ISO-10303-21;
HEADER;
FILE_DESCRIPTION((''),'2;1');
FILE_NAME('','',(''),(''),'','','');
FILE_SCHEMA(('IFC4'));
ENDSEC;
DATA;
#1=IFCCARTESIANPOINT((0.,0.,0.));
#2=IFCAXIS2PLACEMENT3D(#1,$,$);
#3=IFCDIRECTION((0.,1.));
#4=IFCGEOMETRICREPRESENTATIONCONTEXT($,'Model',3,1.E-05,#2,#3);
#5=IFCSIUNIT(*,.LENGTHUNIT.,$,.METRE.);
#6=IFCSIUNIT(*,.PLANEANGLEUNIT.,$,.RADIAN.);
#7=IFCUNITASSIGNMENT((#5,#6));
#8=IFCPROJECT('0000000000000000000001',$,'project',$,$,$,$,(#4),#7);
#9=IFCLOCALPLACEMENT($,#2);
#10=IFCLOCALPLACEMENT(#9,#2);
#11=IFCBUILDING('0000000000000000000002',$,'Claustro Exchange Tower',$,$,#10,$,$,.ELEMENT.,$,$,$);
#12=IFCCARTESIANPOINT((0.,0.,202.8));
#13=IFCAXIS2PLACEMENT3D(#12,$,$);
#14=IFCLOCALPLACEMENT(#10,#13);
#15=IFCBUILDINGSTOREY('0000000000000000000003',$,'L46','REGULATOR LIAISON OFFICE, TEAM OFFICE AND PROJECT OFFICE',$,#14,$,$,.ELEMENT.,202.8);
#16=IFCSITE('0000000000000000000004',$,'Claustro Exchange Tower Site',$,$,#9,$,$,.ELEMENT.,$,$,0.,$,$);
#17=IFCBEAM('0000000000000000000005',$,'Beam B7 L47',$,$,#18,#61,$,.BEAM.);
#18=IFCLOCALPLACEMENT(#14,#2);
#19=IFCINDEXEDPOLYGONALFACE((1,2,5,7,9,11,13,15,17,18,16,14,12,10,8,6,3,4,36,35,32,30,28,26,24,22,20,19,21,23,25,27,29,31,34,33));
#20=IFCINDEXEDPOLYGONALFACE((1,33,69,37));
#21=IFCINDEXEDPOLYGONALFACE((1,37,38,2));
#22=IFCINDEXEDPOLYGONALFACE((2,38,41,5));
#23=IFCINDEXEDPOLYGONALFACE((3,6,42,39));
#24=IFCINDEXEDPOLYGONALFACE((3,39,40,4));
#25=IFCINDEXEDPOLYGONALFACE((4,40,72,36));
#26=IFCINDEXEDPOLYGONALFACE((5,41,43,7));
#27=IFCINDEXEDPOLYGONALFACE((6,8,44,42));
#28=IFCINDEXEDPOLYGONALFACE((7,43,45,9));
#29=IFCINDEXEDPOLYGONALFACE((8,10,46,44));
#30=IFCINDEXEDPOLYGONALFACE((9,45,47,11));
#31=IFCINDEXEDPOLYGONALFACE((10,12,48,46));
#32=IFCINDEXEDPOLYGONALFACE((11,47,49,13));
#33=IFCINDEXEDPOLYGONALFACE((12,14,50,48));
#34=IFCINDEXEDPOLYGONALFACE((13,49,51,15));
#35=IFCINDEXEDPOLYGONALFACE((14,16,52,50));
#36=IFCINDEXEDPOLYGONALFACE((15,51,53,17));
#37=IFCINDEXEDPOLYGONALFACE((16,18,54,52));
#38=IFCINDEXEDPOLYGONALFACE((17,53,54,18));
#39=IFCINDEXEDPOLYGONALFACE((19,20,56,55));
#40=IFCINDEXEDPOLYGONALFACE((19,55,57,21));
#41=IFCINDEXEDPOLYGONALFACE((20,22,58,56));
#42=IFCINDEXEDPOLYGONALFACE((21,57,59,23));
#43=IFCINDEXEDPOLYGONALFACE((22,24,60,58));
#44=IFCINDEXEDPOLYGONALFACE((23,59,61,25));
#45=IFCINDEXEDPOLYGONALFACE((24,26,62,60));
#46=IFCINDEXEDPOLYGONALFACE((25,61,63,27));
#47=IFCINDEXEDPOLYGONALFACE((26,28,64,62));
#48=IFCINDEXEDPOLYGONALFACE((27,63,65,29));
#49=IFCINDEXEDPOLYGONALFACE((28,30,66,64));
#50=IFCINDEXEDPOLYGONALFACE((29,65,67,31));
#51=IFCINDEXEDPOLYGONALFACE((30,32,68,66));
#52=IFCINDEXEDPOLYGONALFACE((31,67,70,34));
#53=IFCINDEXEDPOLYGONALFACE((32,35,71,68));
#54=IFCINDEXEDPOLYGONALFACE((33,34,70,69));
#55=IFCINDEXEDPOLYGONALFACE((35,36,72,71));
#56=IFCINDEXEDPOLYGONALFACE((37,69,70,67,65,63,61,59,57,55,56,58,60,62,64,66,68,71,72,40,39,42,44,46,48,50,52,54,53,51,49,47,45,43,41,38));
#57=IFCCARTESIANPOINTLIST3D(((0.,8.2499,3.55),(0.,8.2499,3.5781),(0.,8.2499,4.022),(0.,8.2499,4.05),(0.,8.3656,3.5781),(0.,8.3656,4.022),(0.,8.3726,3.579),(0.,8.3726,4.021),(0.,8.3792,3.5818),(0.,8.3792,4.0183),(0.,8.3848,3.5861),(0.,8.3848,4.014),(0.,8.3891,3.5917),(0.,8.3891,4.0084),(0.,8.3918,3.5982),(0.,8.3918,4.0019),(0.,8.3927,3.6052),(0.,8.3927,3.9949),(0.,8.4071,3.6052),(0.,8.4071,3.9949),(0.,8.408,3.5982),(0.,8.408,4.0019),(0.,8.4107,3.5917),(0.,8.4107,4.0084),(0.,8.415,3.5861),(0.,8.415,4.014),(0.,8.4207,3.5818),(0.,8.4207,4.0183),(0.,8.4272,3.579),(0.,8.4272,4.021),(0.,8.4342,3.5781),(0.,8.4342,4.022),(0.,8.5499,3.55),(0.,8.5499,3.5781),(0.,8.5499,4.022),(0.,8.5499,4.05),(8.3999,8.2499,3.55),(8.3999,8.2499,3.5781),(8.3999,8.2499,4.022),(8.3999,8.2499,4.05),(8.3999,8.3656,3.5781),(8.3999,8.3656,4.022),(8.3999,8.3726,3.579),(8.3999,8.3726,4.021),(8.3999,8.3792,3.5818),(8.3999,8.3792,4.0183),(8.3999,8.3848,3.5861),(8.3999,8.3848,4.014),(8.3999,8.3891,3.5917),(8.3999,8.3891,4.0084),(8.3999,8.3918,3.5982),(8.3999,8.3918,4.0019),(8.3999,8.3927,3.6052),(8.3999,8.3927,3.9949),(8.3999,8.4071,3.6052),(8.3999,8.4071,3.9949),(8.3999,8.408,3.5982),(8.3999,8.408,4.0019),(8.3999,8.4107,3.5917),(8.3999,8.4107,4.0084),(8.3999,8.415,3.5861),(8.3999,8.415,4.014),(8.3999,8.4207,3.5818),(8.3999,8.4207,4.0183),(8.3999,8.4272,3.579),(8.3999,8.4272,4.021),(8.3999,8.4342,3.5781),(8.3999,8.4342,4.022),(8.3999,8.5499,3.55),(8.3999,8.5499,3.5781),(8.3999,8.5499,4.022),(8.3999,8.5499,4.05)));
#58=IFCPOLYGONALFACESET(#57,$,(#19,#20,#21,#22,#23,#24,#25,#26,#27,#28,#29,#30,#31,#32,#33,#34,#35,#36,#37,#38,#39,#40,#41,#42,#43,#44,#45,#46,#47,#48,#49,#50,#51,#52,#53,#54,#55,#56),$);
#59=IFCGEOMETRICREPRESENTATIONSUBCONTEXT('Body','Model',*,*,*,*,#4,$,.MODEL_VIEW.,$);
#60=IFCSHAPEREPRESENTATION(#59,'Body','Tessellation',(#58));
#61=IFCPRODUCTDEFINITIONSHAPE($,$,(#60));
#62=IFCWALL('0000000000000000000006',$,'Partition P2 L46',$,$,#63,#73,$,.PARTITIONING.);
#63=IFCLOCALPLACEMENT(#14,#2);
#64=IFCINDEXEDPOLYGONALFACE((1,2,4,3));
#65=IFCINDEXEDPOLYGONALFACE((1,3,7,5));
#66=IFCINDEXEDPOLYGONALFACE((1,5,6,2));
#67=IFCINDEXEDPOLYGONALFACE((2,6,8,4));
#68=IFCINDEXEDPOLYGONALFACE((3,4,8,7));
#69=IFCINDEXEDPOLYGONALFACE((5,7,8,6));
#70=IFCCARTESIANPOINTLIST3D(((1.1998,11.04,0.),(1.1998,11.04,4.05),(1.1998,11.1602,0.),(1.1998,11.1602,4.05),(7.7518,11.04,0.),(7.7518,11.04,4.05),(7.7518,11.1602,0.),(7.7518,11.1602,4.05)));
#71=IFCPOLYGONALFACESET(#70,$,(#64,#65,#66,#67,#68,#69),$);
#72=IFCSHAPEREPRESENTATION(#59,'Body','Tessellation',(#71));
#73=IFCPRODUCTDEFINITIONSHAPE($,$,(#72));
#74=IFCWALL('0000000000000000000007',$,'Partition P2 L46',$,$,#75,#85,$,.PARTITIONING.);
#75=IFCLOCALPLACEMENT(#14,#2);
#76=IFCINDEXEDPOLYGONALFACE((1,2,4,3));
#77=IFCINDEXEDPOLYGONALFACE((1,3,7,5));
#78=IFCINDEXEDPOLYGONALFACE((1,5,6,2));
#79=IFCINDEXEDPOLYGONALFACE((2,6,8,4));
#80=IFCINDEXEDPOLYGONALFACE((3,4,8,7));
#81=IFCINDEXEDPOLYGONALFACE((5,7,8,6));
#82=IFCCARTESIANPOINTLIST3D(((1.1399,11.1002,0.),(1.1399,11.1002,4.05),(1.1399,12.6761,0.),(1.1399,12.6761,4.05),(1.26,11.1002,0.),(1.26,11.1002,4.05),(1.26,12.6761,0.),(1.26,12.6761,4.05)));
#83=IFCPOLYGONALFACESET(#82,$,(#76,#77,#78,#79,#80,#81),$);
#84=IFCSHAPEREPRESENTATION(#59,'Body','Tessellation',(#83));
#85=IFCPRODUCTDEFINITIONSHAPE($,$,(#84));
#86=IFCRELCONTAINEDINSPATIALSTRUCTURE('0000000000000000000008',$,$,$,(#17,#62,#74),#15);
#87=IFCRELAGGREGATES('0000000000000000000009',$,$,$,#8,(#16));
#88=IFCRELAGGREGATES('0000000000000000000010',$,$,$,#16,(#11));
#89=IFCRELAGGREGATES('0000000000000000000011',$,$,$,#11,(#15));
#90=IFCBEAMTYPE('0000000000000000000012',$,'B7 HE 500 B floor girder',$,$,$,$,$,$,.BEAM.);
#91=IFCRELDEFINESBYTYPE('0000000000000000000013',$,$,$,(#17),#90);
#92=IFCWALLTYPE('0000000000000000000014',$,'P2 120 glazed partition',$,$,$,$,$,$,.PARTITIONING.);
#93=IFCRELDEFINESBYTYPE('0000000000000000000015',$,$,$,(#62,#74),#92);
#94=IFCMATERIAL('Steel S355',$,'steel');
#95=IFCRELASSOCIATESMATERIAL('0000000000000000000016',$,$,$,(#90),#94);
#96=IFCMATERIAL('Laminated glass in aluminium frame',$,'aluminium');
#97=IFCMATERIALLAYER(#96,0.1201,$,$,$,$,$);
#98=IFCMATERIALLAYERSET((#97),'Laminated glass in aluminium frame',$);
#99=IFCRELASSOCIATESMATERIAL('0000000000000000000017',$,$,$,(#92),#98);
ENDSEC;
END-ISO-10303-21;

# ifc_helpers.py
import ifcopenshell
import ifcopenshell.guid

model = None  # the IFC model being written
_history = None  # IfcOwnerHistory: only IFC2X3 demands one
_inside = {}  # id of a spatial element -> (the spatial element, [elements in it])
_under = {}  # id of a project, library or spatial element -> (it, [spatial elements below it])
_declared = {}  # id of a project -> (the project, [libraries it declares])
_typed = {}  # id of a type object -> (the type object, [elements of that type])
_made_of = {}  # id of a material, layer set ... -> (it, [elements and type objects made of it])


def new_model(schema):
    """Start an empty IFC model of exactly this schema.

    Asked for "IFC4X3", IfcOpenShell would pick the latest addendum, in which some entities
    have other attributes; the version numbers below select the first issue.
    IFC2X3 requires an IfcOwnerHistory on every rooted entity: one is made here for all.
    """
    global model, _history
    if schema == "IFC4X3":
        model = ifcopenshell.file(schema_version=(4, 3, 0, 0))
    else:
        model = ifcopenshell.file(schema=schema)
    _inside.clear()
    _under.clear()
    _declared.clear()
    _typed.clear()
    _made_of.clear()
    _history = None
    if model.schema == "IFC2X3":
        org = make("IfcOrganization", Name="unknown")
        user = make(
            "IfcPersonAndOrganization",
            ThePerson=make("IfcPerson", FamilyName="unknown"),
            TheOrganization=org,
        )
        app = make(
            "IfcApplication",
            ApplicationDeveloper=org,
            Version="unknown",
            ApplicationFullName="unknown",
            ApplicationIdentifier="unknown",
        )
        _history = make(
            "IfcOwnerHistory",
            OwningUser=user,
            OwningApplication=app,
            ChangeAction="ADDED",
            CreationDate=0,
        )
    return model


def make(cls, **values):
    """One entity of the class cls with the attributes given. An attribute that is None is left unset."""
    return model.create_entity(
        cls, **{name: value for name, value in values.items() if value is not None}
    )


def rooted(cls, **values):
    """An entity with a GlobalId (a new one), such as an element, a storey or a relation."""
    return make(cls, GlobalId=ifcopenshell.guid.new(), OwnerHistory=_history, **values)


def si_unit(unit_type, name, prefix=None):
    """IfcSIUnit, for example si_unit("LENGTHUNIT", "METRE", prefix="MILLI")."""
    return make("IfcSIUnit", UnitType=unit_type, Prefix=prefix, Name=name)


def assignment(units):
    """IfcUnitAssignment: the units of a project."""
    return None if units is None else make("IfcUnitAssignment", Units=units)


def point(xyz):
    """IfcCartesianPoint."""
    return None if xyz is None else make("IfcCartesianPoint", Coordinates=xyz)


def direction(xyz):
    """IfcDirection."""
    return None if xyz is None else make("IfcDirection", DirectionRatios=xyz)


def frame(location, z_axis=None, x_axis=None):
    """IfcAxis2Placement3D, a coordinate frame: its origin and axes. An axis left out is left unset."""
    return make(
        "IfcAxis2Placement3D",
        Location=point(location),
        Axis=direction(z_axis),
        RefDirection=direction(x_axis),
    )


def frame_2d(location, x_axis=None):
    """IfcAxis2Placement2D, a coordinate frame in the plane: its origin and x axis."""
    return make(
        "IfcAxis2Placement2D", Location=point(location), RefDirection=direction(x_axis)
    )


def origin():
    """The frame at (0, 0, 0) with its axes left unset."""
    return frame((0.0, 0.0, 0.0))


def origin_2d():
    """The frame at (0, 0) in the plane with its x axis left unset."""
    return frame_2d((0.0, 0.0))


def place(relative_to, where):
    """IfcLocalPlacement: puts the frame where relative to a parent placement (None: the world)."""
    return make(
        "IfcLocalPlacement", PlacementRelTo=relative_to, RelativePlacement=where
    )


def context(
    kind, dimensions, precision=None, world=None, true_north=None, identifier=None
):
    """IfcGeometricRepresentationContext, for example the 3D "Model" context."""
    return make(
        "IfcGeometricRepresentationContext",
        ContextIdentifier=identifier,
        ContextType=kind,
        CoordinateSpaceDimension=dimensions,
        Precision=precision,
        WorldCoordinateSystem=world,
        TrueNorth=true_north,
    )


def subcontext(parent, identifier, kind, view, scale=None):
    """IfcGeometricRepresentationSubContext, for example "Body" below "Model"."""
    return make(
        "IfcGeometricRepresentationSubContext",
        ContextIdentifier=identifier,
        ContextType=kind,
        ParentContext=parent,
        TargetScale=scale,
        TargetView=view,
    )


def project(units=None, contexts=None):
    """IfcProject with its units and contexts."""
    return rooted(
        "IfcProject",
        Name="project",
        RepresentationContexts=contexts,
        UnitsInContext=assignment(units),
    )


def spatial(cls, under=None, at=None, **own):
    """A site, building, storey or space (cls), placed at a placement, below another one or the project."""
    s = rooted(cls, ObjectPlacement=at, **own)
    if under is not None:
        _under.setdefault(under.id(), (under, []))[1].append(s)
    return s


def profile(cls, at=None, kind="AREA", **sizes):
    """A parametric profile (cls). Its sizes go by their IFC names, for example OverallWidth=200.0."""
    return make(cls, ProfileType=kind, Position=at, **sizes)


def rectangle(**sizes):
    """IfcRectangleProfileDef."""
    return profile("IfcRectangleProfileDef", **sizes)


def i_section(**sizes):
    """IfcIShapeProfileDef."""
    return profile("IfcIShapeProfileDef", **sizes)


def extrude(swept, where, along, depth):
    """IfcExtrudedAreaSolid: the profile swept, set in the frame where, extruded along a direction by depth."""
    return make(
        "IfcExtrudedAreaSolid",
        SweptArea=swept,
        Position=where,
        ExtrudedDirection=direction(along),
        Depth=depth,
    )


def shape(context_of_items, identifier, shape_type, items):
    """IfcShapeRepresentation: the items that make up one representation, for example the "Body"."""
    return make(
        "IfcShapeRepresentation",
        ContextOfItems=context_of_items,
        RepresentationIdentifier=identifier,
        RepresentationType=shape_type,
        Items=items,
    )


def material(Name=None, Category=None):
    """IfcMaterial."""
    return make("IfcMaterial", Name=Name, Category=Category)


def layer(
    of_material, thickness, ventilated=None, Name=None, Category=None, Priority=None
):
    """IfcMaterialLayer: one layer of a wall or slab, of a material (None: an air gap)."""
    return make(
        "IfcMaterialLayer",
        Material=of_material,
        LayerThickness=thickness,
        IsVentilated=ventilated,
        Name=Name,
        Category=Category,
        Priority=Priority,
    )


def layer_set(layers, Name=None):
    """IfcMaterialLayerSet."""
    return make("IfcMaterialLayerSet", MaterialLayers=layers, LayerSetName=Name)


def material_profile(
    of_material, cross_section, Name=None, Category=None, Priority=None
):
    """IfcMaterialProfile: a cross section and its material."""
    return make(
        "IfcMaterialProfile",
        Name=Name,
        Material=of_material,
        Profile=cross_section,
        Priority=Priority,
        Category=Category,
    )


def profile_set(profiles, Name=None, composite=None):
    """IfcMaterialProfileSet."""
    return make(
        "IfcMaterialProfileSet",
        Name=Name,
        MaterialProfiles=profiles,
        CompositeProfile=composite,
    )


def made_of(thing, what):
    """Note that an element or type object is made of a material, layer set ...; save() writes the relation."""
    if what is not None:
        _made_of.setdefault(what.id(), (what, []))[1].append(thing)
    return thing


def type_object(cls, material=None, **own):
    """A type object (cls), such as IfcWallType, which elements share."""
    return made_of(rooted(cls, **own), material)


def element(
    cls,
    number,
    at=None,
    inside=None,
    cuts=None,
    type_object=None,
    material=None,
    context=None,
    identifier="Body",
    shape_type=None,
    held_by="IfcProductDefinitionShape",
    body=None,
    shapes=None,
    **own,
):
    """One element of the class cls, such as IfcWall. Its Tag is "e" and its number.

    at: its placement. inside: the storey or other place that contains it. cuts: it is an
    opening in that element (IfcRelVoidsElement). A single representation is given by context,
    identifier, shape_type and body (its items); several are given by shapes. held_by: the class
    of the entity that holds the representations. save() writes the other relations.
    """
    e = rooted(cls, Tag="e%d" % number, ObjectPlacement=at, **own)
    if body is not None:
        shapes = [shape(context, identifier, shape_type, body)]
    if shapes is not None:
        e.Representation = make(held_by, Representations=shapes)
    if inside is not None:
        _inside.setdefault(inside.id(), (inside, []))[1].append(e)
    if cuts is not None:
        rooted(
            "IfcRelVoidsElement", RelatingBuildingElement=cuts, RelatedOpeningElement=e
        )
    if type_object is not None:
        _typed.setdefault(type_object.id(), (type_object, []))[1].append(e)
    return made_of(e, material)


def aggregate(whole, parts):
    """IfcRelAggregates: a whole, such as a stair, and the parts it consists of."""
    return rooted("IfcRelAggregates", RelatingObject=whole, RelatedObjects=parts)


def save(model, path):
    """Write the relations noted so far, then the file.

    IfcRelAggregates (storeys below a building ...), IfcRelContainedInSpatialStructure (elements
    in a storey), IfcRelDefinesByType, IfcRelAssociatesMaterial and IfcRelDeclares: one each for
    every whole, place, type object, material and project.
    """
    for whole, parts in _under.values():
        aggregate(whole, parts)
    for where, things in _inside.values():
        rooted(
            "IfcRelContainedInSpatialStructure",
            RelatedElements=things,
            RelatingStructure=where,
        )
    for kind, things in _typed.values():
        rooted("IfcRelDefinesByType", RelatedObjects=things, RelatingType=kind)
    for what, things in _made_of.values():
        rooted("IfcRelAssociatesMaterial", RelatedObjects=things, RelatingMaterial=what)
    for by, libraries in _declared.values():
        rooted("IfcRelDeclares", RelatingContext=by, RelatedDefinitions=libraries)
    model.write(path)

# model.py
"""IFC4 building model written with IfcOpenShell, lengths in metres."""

from ifc_helpers import new_model, si_unit, direction, frame, frame_2d, origin, origin_2d, place, context, subcontext, project, spatial, rectangle, i_section, extrude, material, layer, layer_set, material_profile, profile_set, type_object, element, save


model = new_model("IFC4")

# Units and contexts
model_context = context("Model", 3, precision=1e-05, world=origin(), true_north=direction((0.0, 1.0)))
body_context = subcontext(model_context, "Body", "Model", "MODEL_VIEW")
ifc_project = project(units=[si_unit("LENGTHUNIT", "METRE"), si_unit("PLANEANGLEUNIT", "RADIAN")], contexts=[model_context])

# Site, building, storey
site_placement = place(None, origin())
site = spatial("IfcSite", under=ifc_project, at=site_placement, Name="Claustro Exchange Tower Site", CompositionType="ELEMENT", RefElevation=0.0)
building_placement = place(site_placement, origin())
building = spatial("IfcBuilding", under=site, at=building_placement, Name="Claustro Exchange Tower", CompositionType="ELEMENT")
storey_placement = place(building_placement, frame((0.0, 0.0, 202.8)))
storey = spatial("IfcBuildingStorey", under=building, at=storey_placement, Name="L46", Description="REGULATOR LIAISON OFFICE, TEAM OFFICE AND PROJECT OFFICE", CompositionType="ELEMENT", Elevation=202.8)

# Beam
ifc_material_1 = material(Name="Steel S355", Category="steel")
ifc_material_profile = material_profile(ifc_material_1, i_section(OverallWidth=0.3, OverallDepth=0.5, WebThickness=0.0144, FlangeThickness=0.0281, FilletRadius=0.0271, at=origin_2d()), Name="HE 500 B")
ifc_profile_set = profile_set([ifc_material_profile], Name="Steel S355")
beam_type = type_object("IfcBeamType", Name="B7 HE 500 B floor girder", PredefinedType="BEAM", material=ifc_profile_set)
beam_placement = place(storey_placement, frame((0.0, 8.3999, 3.8), z_axis=(1.0, 0.0, 0.0), x_axis=(0.0, 1.0, 0.0)))
element("IfcBeam", 1, at=beam_placement, inside=storey, type_object=beam_type, Name="Beam B7 L47", PredefinedType="BEAM", context=body_context, shape_type="SweptSolid", body=[
    extrude(i_section(OverallWidth=0.3, OverallDepth=0.5, WebThickness=0.0144, FlangeThickness=0.0281, FilletRadius=0.0271, at=origin_2d()), origin(), (0.0, 0.0, 1.0), 8.3999),
])

# Shared definitions
ifc_material_2 = material(Name="Laminated glass in aluminium frame", Category="aluminium")
ifc_layer = layer(ifc_material_2, 0.1201)
ifc_layer_set = layer_set([ifc_layer], Name="Laminated glass in aluminium frame")
wall_type = type_object("IfcWallType", Name="P2 120 glazed partition", PredefinedType="PARTITIONING", material=ifc_layer_set)

# Walls
wall_1_placement = place(storey_placement, frame((1.2, 11.1001, 0.0), z_axis=(0.0, 0.0, 1.0), x_axis=(1.0, 0.0, 0.0)))
element("IfcWall", 2, at=wall_1_placement, inside=storey, type_object=wall_type, Name="Partition P2 L46", PredefinedType="PARTITIONING", context=body_context, shape_type="SweptSolid", body=[
    extrude(rectangle(XDim=6.552, YDim=0.1201, at=frame_2d((3.2759, 0.0))), origin(), (0.0, 0.0, 1.0), 4.05),
])
wall_2_placement = place(storey_placement, frame((1.2, 11.1001, 0.0), z_axis=(0.0, 0.0, 1.0), x_axis=(0.0, 1.0, 0.0)))
element("IfcWall", 3, at=wall_2_placement, inside=storey, type_object=wall_type, Name="Partition P2 L46", PredefinedType="PARTITIONING", context=body_context, shape_type="SweptSolid", body=[
    extrude(rectangle(XDim=1.5759, YDim=0.1201, at=frame_2d((0.7881, 0.0))), origin(), (0.0, 0.0, 1.0), 4.05),
])

save(model, "model.ifc")
